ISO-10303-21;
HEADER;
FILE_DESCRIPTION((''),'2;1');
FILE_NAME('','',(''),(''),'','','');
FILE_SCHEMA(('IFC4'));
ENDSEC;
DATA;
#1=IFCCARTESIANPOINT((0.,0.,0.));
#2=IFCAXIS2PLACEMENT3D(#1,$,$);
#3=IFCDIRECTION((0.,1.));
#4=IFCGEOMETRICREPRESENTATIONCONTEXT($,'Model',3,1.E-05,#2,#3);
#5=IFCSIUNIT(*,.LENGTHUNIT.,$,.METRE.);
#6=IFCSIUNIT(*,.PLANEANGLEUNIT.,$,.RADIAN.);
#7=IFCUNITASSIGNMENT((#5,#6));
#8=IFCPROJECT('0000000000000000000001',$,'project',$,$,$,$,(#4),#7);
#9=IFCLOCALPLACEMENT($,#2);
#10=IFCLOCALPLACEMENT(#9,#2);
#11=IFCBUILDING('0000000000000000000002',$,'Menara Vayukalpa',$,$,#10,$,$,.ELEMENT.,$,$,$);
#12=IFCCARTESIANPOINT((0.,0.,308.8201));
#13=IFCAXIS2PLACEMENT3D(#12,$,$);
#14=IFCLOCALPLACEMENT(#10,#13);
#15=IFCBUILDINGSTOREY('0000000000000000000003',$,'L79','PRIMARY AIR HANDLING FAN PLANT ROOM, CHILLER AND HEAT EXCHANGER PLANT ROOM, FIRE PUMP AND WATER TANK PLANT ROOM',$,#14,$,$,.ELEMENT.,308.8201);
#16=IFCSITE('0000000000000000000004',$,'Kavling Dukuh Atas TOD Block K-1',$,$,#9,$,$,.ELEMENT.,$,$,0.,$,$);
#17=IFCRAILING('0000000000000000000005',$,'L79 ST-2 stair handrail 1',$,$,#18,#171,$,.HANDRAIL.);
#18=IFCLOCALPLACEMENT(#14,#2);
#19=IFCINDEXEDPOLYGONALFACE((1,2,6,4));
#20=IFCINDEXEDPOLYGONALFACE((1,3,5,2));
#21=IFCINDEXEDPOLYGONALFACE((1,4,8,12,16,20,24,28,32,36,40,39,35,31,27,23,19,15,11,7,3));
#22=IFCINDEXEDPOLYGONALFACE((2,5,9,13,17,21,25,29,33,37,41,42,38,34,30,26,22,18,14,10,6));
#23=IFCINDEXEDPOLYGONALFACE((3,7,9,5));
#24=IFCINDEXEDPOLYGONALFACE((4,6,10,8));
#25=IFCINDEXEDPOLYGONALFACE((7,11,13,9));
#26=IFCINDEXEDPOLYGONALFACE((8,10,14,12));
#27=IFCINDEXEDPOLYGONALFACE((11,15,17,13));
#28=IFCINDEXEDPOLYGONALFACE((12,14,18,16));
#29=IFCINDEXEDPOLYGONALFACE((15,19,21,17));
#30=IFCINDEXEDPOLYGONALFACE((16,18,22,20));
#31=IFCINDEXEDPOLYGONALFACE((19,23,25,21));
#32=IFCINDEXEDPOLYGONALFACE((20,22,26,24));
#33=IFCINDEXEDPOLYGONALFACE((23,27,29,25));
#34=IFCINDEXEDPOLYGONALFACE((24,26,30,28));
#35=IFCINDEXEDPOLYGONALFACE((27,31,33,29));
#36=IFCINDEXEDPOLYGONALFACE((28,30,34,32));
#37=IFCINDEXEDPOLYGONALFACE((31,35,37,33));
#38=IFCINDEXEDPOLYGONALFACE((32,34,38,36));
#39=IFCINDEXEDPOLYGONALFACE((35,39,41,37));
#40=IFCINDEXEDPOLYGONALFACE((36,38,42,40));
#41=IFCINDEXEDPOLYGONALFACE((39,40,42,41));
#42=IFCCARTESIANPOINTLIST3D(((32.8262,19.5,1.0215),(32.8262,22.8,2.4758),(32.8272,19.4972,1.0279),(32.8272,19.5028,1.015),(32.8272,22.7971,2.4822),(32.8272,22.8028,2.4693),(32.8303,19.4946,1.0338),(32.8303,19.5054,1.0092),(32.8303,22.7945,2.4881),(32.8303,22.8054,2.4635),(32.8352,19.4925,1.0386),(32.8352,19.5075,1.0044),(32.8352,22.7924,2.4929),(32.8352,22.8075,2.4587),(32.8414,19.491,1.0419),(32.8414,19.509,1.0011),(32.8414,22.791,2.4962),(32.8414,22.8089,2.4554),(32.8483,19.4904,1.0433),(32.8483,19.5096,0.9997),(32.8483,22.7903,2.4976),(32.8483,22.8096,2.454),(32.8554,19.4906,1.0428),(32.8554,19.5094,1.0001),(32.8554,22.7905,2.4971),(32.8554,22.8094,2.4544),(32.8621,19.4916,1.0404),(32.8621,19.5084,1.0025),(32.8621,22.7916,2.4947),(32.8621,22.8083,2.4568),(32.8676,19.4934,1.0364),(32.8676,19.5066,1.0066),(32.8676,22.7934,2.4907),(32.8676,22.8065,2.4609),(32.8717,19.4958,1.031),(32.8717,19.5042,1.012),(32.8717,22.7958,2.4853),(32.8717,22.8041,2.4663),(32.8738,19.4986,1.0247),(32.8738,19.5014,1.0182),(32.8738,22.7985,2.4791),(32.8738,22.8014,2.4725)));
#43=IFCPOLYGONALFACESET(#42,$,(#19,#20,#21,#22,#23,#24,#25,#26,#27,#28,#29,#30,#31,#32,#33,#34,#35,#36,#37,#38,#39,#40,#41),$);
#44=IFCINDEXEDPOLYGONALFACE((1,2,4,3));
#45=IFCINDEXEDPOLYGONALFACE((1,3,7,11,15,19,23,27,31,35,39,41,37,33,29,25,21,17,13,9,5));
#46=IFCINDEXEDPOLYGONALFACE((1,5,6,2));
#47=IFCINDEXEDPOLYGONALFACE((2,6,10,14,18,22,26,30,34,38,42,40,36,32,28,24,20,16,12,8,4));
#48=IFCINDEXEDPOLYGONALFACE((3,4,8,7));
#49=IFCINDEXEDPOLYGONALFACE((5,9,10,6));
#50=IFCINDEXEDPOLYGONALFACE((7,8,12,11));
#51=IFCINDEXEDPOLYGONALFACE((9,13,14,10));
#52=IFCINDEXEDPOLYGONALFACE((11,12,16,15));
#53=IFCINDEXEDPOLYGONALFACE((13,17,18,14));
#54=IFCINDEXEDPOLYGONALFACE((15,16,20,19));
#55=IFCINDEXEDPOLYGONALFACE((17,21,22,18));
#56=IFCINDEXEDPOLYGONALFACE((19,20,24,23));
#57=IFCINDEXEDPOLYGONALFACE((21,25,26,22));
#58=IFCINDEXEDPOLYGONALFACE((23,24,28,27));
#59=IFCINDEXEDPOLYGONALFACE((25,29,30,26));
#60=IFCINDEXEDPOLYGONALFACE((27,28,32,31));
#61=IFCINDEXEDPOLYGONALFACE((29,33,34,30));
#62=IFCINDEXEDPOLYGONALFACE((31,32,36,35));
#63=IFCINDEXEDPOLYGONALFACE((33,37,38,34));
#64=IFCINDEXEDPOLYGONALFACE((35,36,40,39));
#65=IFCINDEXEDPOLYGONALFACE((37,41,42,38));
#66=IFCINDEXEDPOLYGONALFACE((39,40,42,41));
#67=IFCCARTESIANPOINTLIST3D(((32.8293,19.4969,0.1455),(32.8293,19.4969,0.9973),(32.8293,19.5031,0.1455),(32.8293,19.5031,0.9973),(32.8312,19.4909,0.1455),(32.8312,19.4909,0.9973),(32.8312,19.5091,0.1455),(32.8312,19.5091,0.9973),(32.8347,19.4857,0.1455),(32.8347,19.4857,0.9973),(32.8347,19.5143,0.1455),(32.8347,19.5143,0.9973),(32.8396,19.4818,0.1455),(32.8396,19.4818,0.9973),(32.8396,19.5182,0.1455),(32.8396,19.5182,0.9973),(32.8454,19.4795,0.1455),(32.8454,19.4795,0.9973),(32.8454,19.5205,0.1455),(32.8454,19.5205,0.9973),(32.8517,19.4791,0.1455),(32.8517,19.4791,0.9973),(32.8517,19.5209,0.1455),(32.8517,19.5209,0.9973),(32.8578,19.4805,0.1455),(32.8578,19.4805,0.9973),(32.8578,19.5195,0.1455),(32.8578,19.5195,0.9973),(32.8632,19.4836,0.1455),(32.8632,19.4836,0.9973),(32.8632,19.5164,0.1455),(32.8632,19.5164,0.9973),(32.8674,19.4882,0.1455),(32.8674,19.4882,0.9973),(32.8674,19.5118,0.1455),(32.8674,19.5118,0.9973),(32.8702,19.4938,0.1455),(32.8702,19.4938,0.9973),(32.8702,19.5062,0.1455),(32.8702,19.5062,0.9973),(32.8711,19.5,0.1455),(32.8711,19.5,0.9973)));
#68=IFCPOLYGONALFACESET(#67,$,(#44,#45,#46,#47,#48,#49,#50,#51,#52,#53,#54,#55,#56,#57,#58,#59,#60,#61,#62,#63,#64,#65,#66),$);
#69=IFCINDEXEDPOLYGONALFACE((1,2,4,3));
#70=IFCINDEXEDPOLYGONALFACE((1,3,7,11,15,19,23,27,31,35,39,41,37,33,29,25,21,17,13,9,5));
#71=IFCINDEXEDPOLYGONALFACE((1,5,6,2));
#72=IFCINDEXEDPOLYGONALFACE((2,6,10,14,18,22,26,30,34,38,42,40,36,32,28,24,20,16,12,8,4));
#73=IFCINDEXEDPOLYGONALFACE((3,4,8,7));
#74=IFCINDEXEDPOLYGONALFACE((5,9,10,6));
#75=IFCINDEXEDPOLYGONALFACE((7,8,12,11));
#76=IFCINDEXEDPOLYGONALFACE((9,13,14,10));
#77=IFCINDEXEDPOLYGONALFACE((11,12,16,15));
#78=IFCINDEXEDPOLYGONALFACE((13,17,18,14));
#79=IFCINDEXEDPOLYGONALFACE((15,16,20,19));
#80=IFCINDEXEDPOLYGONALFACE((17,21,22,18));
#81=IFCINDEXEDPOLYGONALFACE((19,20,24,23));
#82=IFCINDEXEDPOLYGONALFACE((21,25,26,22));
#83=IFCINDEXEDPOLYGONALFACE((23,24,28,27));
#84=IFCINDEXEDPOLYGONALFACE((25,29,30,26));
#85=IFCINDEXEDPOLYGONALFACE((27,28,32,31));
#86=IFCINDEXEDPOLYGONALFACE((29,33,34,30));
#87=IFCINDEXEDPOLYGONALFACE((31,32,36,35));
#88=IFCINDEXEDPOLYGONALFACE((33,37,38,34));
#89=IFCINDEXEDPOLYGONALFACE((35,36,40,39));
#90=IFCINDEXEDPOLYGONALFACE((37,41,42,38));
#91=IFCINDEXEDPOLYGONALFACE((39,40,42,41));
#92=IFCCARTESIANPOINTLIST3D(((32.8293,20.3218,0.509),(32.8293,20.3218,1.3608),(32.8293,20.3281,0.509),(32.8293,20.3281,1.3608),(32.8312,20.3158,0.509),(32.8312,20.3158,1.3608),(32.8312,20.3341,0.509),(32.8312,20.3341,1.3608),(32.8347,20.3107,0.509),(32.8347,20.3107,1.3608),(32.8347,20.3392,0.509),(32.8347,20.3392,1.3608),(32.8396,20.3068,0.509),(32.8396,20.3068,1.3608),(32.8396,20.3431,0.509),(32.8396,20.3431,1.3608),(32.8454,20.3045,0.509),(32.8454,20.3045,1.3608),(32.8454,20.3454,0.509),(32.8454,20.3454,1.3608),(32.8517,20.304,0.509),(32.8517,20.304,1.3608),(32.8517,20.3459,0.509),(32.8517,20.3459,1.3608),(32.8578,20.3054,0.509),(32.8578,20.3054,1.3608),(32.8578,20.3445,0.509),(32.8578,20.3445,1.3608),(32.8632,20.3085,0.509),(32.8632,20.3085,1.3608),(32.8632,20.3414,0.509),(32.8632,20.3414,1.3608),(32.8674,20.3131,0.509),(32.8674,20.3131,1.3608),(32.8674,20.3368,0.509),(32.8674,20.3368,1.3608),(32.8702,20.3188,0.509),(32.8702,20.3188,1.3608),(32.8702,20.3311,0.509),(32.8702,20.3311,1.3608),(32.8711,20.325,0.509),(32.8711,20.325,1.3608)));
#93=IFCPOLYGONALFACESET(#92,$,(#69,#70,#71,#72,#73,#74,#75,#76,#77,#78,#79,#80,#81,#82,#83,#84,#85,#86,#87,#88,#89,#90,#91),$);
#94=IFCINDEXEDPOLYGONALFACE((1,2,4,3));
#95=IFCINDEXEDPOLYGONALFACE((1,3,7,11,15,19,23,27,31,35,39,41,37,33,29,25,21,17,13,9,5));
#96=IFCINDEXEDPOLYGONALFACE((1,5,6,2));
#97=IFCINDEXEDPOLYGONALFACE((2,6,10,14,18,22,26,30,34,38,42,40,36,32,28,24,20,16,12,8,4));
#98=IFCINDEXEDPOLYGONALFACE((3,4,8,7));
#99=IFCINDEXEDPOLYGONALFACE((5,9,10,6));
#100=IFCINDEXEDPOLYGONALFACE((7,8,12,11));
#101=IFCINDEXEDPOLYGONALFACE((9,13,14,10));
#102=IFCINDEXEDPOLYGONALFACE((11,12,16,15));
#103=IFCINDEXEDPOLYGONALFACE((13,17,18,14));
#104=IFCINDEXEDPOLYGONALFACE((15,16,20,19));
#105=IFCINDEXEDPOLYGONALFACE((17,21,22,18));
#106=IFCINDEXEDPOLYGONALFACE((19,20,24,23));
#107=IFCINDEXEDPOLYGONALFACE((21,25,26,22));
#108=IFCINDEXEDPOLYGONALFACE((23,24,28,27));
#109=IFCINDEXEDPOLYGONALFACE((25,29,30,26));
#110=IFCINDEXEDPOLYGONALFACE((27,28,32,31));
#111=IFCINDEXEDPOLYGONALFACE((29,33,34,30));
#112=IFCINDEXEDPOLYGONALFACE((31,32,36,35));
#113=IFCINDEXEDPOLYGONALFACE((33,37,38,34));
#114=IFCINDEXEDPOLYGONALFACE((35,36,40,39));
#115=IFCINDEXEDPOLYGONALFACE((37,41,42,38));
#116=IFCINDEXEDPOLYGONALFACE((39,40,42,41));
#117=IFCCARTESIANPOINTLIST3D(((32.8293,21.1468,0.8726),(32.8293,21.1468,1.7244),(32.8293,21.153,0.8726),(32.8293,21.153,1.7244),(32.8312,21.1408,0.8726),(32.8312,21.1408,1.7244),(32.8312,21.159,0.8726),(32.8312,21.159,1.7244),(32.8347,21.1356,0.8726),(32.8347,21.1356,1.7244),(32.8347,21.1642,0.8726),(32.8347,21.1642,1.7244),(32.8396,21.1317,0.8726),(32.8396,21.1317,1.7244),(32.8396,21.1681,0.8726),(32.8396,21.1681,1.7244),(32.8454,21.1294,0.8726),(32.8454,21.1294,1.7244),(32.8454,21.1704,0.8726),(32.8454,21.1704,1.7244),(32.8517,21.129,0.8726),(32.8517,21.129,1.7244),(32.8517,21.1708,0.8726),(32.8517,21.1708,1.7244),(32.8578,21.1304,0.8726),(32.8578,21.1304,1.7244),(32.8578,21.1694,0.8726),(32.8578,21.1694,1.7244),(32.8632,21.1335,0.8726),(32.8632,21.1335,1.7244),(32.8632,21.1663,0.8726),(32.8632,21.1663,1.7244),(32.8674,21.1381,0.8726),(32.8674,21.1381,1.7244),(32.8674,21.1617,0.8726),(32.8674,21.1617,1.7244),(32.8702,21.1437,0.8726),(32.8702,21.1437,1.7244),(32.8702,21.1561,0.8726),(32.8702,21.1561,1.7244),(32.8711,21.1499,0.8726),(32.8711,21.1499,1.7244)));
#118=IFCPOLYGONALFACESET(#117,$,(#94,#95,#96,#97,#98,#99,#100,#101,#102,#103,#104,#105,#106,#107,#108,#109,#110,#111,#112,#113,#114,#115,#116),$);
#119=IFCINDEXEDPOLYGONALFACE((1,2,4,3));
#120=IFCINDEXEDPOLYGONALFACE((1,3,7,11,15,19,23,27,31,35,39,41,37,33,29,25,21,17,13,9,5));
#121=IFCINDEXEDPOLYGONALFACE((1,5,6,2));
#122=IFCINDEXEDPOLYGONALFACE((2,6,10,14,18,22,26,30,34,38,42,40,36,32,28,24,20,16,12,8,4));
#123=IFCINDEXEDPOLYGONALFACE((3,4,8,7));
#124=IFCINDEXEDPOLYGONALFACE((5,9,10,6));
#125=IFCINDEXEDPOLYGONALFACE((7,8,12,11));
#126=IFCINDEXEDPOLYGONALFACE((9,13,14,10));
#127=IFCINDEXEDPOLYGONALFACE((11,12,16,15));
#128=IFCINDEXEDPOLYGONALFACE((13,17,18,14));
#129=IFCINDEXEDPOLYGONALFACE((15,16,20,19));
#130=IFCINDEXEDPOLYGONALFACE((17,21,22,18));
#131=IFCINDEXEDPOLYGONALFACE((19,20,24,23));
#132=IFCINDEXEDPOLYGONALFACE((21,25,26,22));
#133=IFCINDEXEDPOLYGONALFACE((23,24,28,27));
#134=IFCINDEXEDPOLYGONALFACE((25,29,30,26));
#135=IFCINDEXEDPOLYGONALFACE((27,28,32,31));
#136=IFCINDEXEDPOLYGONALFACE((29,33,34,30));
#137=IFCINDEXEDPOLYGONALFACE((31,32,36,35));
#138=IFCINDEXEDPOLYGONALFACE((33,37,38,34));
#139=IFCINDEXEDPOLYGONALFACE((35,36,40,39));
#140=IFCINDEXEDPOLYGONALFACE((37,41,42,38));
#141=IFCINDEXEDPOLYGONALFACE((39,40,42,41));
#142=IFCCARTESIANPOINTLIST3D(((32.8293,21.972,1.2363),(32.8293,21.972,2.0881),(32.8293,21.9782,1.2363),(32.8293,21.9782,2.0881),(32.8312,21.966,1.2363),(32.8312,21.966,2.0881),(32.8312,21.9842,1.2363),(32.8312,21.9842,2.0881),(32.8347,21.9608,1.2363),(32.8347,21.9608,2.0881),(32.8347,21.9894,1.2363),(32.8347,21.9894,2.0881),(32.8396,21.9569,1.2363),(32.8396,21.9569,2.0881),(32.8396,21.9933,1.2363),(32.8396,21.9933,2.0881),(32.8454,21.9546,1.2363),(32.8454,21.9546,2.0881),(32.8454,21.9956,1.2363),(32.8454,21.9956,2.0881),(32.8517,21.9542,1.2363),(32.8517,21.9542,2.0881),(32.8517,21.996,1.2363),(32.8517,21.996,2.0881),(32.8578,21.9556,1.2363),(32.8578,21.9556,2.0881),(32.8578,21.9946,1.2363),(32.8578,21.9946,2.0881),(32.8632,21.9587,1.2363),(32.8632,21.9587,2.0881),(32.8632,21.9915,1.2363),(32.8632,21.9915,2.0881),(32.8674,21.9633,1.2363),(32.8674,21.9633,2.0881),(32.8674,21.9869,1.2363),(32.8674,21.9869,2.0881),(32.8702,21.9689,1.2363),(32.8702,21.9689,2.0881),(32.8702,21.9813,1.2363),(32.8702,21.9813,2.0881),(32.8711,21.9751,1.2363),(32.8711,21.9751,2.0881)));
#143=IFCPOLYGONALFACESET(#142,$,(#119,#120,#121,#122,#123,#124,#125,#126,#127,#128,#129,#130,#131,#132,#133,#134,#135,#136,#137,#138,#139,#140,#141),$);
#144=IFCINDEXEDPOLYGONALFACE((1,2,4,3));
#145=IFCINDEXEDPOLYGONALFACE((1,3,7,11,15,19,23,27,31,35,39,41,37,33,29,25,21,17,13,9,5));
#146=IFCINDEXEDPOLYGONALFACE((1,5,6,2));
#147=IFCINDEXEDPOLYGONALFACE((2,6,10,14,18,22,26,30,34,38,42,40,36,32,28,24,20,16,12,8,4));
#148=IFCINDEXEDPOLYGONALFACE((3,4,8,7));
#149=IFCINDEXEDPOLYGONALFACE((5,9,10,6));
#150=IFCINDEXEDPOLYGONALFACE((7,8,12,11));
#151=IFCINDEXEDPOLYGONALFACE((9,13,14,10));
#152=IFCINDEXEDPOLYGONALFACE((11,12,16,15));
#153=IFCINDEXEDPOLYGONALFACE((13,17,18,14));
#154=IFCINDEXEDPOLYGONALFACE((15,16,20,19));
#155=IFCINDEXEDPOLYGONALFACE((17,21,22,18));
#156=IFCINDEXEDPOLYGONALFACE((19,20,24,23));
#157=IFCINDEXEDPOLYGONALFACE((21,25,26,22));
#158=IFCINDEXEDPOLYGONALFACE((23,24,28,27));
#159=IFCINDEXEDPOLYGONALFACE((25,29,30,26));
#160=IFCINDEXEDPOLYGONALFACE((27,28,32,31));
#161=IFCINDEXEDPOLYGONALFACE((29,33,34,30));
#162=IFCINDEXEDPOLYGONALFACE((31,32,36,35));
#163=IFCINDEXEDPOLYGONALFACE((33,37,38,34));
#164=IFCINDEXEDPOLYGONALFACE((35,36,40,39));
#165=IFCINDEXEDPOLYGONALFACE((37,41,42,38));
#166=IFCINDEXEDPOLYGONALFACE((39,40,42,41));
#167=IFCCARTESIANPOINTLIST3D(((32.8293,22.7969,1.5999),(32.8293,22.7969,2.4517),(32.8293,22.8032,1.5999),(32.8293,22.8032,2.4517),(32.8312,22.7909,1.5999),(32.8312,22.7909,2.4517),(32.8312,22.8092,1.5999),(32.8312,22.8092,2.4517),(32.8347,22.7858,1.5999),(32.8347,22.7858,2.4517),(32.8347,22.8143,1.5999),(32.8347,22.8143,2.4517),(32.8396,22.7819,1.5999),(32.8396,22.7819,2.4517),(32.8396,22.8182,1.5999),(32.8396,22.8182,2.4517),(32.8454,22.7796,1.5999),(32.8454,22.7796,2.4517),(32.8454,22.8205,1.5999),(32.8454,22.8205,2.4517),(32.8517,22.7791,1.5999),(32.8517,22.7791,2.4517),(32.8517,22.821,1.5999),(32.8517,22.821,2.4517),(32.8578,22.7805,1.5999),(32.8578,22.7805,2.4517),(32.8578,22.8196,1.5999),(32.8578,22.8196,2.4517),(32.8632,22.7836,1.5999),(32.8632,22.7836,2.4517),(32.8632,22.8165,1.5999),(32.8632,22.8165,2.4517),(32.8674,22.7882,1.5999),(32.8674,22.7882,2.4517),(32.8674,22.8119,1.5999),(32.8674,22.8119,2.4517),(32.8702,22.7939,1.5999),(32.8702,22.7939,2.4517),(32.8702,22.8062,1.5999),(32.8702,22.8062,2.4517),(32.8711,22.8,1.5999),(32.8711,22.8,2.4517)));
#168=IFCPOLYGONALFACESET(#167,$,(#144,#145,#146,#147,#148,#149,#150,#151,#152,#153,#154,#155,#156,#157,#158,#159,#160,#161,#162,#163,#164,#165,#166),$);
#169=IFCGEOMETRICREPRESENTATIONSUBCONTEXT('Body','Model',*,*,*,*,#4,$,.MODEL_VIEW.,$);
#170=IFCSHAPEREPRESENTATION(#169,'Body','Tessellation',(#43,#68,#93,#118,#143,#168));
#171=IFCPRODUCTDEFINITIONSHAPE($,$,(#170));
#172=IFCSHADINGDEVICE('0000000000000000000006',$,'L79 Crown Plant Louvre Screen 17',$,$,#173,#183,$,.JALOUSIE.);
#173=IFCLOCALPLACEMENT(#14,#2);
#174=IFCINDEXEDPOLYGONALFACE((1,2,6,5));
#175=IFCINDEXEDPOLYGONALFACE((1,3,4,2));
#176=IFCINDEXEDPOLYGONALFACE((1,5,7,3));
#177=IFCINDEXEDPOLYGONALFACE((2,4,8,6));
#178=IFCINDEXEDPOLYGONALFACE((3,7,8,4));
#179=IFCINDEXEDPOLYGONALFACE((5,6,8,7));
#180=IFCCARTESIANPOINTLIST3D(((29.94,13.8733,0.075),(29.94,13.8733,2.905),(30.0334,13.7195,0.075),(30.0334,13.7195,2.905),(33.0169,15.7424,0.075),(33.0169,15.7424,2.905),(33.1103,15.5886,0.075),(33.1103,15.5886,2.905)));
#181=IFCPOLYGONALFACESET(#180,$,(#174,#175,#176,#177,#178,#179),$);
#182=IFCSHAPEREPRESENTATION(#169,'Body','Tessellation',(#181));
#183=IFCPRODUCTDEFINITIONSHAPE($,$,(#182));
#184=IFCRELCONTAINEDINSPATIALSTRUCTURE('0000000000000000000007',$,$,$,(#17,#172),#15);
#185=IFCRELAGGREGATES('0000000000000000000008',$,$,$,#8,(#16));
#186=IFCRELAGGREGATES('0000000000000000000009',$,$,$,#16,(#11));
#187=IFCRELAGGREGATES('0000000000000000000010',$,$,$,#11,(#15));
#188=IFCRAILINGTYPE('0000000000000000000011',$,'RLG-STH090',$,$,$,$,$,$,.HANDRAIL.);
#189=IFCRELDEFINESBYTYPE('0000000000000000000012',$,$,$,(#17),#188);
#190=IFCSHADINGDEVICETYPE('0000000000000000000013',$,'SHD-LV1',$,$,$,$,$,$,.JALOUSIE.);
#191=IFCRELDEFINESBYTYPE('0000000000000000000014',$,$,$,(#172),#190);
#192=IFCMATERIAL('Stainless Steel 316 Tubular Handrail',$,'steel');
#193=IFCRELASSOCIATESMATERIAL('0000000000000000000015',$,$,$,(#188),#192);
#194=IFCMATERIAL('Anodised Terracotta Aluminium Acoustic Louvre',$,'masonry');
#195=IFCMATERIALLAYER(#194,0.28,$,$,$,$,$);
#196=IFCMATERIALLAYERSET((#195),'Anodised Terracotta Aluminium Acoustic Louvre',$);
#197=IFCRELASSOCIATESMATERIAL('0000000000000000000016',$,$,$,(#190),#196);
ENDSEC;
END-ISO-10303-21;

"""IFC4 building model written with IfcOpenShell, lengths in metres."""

from ifc_helpers import new_model, si_unit, direction, frame, origin, origin_2d, place, context, subcontext, project, spatial, rectangle, circle, extrude, material, layer, layer_set, type_object, element, save


model = new_model("IFC4")

# Units and contexts
model_context = context("Model", 3, precision=1e-05, world=origin(), true_north=direction((0.0, 1.0)))
body_context = subcontext(model_context, "Body", "Model", "MODEL_VIEW")
ifc_project = project(units=[si_unit("LENGTHUNIT", "METRE"), si_unit("PLANEANGLEUNIT", "RADIAN")], contexts=[model_context])

# Site, building, storey
site_placement = place(None, origin())
site = spatial("IfcSite", under=ifc_project, at=site_placement, Name="Kavling Dukuh Atas TOD Block K-1", CompositionType="ELEMENT", RefElevation=0.0)
building_placement = place(site_placement, origin())
building = spatial("IfcBuilding", under=site, at=building_placement, Name="Menara Vayukalpa", CompositionType="ELEMENT")
storey_placement = place(building_placement, frame((0.0, 0.0, 308.8201)))
storey = spatial("IfcBuildingStorey", under=building, at=storey_placement, Name="L79", Description="PRIMARY AIR HANDLING FAN PLANT ROOM, CHILLER AND HEAT EXCHANGER PLANT ROOM, FIRE PUMP AND WATER TANK PLANT ROOM", CompositionType="ELEMENT", Elevation=308.8201)

# Railing
ifc_material_1 = material(Name="Stainless Steel 316 Tubular Handrail", Category="steel")
railing_type_1 = type_object("IfcRailingType", Name="RLG-STH090", PredefinedType="HANDRAIL", material=ifc_material_1)
railing_1_placement = place(storey_placement, frame((32.8501, 19.5, 0.1455)))
element("IfcRailing", 1, at=railing_1_placement, inside=storey, type_object=railing_type_1, Name="L79 ST-2 stair handrail 1", PredefinedType="HANDRAIL", context=body_context, shape_type="SweptSolid", body=[
    extrude(circle(Radius=0.0239, at=origin_2d()), frame((0.0, 0.0, 0.876), z_axis=(0.0, 0.915077, 0.403278), x_axis=(-1.0, 0.0, 0.0)), (0.0, 0.0, 1.0), 3.6062),
    extrude(circle(Radius=0.021, at=origin_2d()), origin(), (0.0, 0.0, 1.0), 0.8518),
    extrude(circle(Radius=0.021, at=origin_2d()), frame((0.0, 0.825, 0.3635)), (0.0, 0.0, 1.0), 0.8518),
    extrude(circle(Radius=0.021, at=origin_2d()), frame((0.0, 1.6499, 0.7271)), (0.0, 0.0, 1.0), 0.8518),
    extrude(circle(Radius=0.021, at=origin_2d()), frame((0.0, 2.4751, 1.0908)), (0.0, 0.0, 1.0), 0.8518),
    extrude(circle(Radius=0.021, at=origin_2d()), frame((0.0, 3.3, 1.4543)), (0.0, 0.0, 1.0), 0.8518),
])

# Shading device
ifc_material_2 = material(Name="Anodised Terracotta Aluminium Acoustic Louvre", Category="masonry")
ifc_layer_1 = layer(ifc_material_2, 0.28)
ifc_layer_set_1 = layer_set([ifc_layer_1], Name="Anodised Terracotta Aluminium Acoustic Louvre")
shading_device_type = type_object("IfcShadingDeviceType", Name="SHD-LV1", PredefinedType="JALOUSIE", material=ifc_layer_set_1)
shading_device_placement = place(storey_placement, frame((31.5251, 14.731, 0.075), z_axis=(0.0, 0.0, 1.0), x_axis=(0.854667, 0.519176, 0.0)))
element("IfcShadingDevice", 2, at=shading_device_placement, inside=storey, type_object=shading_device_type, Name="L79 Crown Plant Louvre Screen 17", PredefinedType="JALOUSIE", context=body_context, shape_type="SweptSolid", body=[
    extrude(rectangle(XDim=3.6001, YDim=0.1799, at=origin_2d()), origin(), (0.0, 0.0, 1.0), 2.8301),
])

save(model, "model.ifc")
